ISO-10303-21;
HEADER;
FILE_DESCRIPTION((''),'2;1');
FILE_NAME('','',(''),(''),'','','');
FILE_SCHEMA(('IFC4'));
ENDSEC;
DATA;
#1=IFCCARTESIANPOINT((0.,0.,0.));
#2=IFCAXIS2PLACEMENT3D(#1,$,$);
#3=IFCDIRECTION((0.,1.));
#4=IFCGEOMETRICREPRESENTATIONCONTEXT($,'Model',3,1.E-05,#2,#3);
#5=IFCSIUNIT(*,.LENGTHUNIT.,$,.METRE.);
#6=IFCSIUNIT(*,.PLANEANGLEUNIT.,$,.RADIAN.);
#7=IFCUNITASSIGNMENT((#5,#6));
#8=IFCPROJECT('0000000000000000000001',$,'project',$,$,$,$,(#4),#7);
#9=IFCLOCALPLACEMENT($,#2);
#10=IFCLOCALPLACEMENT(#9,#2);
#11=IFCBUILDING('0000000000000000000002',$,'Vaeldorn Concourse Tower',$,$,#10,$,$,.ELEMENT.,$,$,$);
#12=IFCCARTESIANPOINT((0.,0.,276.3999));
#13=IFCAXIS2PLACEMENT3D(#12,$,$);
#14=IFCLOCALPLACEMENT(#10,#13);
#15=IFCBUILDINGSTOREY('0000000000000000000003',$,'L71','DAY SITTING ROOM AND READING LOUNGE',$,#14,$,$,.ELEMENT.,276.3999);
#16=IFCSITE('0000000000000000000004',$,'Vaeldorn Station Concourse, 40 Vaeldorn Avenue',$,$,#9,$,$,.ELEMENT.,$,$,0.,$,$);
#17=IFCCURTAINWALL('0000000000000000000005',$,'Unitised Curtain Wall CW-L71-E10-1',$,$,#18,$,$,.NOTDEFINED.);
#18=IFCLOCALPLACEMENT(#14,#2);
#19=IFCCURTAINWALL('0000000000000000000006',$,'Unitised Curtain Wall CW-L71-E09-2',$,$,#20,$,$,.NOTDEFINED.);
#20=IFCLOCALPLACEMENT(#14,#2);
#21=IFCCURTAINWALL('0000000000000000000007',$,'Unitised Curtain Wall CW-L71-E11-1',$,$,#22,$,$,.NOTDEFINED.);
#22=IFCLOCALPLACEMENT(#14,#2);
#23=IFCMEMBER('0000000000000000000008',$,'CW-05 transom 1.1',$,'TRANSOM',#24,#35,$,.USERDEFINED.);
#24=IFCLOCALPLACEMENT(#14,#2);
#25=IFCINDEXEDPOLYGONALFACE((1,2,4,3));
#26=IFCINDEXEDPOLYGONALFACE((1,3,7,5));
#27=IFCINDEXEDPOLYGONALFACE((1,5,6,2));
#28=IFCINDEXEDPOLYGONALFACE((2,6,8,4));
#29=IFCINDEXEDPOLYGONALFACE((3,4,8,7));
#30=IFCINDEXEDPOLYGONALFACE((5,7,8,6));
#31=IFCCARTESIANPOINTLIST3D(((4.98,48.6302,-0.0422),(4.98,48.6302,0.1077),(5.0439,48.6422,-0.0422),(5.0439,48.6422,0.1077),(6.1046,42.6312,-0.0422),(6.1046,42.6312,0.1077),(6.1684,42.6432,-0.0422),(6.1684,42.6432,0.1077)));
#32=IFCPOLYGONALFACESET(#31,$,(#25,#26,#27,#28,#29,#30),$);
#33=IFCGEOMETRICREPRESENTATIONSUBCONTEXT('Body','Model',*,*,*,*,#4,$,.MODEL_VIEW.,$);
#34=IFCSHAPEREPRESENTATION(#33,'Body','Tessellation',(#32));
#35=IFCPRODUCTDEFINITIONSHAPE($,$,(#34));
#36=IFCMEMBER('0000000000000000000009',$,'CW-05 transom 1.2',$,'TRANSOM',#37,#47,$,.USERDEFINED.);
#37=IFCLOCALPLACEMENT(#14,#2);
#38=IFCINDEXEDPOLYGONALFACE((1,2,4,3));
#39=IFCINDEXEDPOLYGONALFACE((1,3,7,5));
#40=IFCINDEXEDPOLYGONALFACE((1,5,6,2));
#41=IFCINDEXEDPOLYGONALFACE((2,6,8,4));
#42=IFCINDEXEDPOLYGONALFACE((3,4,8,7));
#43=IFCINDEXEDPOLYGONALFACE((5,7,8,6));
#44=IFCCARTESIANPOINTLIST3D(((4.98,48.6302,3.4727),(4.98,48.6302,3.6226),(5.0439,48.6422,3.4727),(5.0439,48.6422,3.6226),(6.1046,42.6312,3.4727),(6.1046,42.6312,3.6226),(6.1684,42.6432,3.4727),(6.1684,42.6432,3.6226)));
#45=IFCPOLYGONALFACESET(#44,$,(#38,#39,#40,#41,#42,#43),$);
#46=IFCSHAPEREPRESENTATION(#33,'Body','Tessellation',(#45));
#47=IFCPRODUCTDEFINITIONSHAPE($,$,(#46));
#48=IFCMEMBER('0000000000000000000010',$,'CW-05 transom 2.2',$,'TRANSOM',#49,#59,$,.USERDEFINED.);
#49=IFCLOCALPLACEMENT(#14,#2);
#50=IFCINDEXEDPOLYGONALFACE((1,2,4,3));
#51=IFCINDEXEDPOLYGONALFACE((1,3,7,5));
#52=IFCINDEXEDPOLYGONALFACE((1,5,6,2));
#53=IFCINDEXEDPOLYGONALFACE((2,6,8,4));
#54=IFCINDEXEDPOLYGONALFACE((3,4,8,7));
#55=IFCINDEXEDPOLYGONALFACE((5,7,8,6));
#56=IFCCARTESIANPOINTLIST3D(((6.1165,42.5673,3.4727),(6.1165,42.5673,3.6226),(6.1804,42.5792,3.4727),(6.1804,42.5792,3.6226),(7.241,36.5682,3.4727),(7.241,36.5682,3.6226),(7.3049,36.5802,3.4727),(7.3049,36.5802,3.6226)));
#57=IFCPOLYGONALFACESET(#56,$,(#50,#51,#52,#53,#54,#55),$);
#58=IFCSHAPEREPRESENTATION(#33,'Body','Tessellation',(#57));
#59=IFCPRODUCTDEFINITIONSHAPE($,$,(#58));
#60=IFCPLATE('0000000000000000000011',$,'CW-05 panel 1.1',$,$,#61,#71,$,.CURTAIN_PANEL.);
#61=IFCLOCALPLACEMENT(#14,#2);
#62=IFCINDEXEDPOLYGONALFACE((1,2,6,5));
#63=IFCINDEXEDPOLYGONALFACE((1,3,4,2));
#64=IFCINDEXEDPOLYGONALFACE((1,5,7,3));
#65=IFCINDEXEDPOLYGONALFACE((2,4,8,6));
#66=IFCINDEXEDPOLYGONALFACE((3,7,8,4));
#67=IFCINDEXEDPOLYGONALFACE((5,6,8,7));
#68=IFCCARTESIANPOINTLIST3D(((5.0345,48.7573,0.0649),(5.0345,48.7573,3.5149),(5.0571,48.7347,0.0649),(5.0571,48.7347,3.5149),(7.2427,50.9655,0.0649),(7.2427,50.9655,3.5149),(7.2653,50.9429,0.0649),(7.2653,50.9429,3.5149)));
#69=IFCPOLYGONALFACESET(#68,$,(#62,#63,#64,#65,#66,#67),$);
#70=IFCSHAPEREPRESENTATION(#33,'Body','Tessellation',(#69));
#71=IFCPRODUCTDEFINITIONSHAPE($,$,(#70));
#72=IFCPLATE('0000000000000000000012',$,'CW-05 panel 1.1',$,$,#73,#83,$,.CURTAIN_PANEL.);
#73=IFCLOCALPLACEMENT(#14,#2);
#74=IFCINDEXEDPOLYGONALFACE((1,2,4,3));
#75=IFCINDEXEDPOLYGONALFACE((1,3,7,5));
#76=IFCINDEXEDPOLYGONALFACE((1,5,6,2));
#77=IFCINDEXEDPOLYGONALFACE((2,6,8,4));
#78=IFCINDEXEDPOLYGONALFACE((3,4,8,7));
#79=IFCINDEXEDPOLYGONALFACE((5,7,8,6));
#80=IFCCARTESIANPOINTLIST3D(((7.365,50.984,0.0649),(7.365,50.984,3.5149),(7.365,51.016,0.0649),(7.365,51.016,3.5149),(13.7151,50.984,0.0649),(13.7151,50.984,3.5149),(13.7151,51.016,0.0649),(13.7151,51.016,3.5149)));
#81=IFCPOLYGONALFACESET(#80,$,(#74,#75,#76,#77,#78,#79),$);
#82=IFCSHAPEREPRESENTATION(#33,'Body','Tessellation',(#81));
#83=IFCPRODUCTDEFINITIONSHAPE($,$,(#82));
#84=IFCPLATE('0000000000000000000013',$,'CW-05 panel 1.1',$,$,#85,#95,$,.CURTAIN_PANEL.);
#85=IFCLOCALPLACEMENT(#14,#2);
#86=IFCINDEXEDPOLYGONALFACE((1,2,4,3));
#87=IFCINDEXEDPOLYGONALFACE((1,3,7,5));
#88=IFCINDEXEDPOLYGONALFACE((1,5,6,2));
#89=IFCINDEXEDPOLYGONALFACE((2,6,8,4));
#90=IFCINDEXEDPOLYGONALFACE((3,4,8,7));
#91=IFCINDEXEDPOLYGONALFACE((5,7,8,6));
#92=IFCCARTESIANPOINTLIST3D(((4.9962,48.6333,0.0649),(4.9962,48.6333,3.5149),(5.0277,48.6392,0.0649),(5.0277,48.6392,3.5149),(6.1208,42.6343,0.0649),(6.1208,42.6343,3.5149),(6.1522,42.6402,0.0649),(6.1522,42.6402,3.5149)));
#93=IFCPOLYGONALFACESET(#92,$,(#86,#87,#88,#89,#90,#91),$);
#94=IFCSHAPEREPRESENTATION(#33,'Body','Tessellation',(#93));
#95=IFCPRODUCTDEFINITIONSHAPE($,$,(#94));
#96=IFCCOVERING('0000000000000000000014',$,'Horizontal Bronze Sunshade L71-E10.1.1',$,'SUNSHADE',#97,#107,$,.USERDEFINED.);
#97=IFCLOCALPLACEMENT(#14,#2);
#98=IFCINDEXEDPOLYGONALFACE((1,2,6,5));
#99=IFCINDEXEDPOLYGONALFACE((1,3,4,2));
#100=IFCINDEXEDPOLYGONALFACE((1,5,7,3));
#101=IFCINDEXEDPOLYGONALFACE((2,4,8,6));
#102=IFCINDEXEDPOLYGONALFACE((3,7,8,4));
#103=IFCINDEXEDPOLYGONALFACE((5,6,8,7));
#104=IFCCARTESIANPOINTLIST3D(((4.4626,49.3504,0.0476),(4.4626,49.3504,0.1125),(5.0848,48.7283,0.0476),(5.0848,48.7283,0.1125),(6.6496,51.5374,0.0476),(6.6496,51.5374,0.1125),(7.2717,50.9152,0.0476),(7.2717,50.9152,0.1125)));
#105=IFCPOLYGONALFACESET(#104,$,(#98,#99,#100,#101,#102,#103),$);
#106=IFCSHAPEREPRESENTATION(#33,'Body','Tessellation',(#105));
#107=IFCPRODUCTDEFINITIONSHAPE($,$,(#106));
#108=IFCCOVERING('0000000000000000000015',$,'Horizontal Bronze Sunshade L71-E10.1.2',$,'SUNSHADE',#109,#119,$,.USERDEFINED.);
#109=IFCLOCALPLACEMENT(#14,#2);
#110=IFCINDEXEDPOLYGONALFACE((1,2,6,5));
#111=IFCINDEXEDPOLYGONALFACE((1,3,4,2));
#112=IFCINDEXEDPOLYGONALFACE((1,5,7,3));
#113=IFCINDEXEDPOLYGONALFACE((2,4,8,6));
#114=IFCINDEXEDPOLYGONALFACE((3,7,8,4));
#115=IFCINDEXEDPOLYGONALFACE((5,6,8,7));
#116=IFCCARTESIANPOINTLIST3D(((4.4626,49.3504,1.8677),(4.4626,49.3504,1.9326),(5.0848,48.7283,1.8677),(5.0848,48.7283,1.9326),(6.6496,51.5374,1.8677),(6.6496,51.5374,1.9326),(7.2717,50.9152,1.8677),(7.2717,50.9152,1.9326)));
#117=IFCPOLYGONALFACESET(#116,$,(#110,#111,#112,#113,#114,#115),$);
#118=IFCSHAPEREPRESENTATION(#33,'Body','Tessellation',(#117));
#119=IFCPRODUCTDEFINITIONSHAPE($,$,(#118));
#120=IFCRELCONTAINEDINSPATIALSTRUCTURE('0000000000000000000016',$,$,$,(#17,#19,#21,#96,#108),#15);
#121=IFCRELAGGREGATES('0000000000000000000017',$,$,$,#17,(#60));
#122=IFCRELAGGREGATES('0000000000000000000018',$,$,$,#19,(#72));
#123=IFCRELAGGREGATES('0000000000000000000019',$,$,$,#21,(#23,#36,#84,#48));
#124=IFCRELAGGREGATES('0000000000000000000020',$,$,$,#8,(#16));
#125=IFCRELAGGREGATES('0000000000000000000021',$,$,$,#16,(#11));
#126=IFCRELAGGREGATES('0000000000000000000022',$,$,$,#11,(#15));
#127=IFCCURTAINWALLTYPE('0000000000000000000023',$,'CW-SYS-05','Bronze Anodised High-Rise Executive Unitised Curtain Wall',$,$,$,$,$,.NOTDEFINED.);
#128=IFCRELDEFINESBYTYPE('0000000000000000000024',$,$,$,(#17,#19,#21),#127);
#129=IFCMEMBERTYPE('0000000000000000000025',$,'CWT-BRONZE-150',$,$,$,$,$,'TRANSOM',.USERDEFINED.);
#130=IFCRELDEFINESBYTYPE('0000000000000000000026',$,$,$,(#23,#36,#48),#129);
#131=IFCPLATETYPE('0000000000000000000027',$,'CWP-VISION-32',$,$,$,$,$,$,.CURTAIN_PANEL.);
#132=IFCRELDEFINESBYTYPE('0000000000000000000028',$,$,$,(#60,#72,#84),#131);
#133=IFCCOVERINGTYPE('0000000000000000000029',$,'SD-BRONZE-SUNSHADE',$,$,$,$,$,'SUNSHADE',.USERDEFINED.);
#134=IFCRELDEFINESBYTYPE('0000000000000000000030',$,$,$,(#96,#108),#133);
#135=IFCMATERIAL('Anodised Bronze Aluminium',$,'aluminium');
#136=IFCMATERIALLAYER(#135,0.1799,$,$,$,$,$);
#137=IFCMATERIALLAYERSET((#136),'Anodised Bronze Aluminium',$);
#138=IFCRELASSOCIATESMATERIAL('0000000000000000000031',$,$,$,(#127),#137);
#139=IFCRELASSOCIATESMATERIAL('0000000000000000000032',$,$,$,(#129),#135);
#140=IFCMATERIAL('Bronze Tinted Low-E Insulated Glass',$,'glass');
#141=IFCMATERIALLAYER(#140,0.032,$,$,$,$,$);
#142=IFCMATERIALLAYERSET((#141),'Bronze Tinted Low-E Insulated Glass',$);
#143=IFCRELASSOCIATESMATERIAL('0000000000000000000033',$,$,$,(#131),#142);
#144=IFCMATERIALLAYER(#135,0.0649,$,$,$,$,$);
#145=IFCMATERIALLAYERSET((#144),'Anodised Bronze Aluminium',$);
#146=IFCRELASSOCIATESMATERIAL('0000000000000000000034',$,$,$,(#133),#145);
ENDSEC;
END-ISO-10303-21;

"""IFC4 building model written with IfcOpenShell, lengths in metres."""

from ifc_helpers import new_model, si_unit, direction, frame, origin, origin_2d, place, context, subcontext, project, spatial, rectangle, extrude, source, transform, mapped, material, layer, layer_set, material_profile, profile_set, type_object, element, aggregate, save


model = new_model("IFC4")

# Units and contexts
model_context = context("Model", 3, precision=1e-05, world=origin(), true_north=direction((0.0, 1.0)))
body_context = subcontext(model_context, "Body", "Model", "MODEL_VIEW")
ifc_project = project(units=[si_unit("LENGTHUNIT", "METRE"), si_unit("PLANEANGLEUNIT", "RADIAN")], contexts=[model_context])

# Site, building, storey
site_placement = place(None, origin())
site = spatial("IfcSite", under=ifc_project, at=site_placement, Name="Vaeldorn Station Concourse, 40 Vaeldorn Avenue", CompositionType="ELEMENT", RefElevation=0.0)
building_placement = place(site_placement, origin())
building = spatial("IfcBuilding", under=site, at=building_placement, Name="Vaeldorn Concourse Tower", CompositionType="ELEMENT")
storey_placement = place(building_placement, frame((0.0, 0.0, 276.3999)))
storey = spatial("IfcBuildingStorey", under=building, at=storey_placement, Name="L71", Description="DAY SITTING ROOM AND READING LOUNGE", CompositionType="ELEMENT", Elevation=276.3999)

# Curtain walls
ifc_material_1 = material(Name="Anodised Bronze Aluminium", Category="aluminium")
ifc_layer_1 = layer(ifc_material_1, 0.1799)
ifc_layer_set_1 = layer_set([ifc_layer_1], Name="Anodised Bronze Aluminium")
curtain_wall_type = type_object("IfcCurtainWallType", Name="CW-SYS-05", Description="Bronze Anodised High-Rise Executive Unitised Curtain Wall", PredefinedType="NOTDEFINED", material=ifc_layer_set_1)
curtain_wall_1_placement = place(storey_placement, origin())
curtain_wall_1 = element("IfcCurtainWall", 1, at=curtain_wall_1_placement, inside=storey, type_object=curtain_wall_type, Name="Unitised Curtain Wall CW-L71-E10-1", PredefinedType="NOTDEFINED")
ifc_material_profile_1 = material_profile(ifc_material_1, rectangle(XDim=0.0649, YDim=0.1499, at=origin_2d()), Name="CWT 65x150")
ifc_profile_set_1 = profile_set([ifc_material_profile_1], Name="Anodised Bronze Aluminium")
member_type_1 = type_object("IfcMemberType", Name="CWT-BRONZE-150", ElementType="TRANSOM", PredefinedType="USERDEFINED", material=ifc_profile_set_1)
curtain_wall_2_placement = place(storey_placement, origin())
curtain_wall_2 = element("IfcCurtainWall", 2, at=curtain_wall_2_placement, inside=storey, type_object=curtain_wall_type, Name="Unitised Curtain Wall CW-L71-E09-2", PredefinedType="NOTDEFINED")

# Curtain wall
curtain_wall_3_placement = place(storey_placement, origin())
curtain_wall_3 = element("IfcCurtainWall", 3, at=curtain_wall_3_placement, inside=storey, type_object=curtain_wall_type, Name="Unitised Curtain Wall CW-L71-E11-1", PredefinedType="NOTDEFINED")

# Members
shared_shape_1 = source(origin(), body_context, "Body", "SweptSolid", [
    extrude(rectangle(XDim=0.0649, YDim=0.1499, at=origin_2d()), origin(), (0.0, 0.0, 1.0), 6.1035),
])
member_1_placement = place(storey_placement, frame((5.012, 48.6362, 0.0327), z_axis=(0.18424, -0.982881, 0.0), x_axis=(0.982881, 0.18424, 0.0)))
member_1 = element("IfcMember", 4, at=member_1_placement, type_object=member_type_1, Name="CW-05 transom 1.1", ObjectType="TRANSOM", PredefinedType="USERDEFINED", context=body_context, shape_type="MappedRepresentation", body=[
    mapped(shared_shape_1, transform((0.0, 0.0, 0.0), scale=1.0)),
])
member_2_placement = place(storey_placement, frame((5.012, 48.6362, 3.5476), z_axis=(0.18424, -0.982881, 0.0), x_axis=(0.982881, 0.18424, 0.0)))
member_2 = element("IfcMember", 5, at=member_2_placement, type_object=member_type_1, Name="CW-05 transom 1.2", ObjectType="TRANSOM", PredefinedType="USERDEFINED", context=body_context, shape_type="MappedRepresentation", body=[
    mapped(shared_shape_1, transform((0.0, 0.0, 0.0), scale=1.0)),
])
member_3_placement = place(storey_placement, frame((6.1484, 42.5732, 3.5476), z_axis=(0.18424, -0.982881, 0.0), x_axis=(0.982881, 0.18424, 0.0)))
member_3 = element("IfcMember", 6, at=member_3_placement, type_object=member_type_1, Name="CW-05 transom 2.2", ObjectType="TRANSOM", PredefinedType="USERDEFINED", context=body_context, shape_type="MappedRepresentation", body=[
    mapped(shared_shape_1, transform((0.0, 0.0, 0.0), scale=1.0)),
])

# Plates
ifc_material_2 = material(Name="Bronze Tinted Low-E Insulated Glass", Category="glass")
ifc_layer_2 = layer(ifc_material_2, 0.032)
ifc_layer_set_2 = layer_set([ifc_layer_2], Name="Bronze Tinted Low-E Insulated Glass")
plate_type = type_object("IfcPlateType", Name="CWP-VISION-32", PredefinedType="CURTAIN_PANEL", material=ifc_layer_set_2)
shared_shape_2 = source(origin(), body_context, "Body", "SweptSolid", [
    extrude(rectangle(XDim=3.1228, YDim=0.032, at=origin_2d()), origin(), (0.0, 0.0, 1.0), 3.45),
])
plate_1_placement = place(storey_placement, frame((6.1499, 49.8501, 0.0649), z_axis=(0.0, 0.0, 1.0), x_axis=(-0.707107, -0.707107, 0.0)))
plate_1 = element("IfcPlate", 7, at=plate_1_placement, type_object=plate_type, Name="CW-05 panel 1.1", PredefinedType="CURTAIN_PANEL", context=body_context, shape_type="MappedRepresentation", body=[
    mapped(shared_shape_2, transform((0.0, 0.0, 0.0), scale=1.0)),
])
aggregate(curtain_wall_1, [plate_1])
shared_shape_3 = source(origin(), body_context, "Body", "SweptSolid", [
    extrude(rectangle(XDim=6.3501, YDim=0.032, at=origin_2d()), origin(), (0.0, 0.0, 1.0), 3.45),
])
plate_2_placement = place(storey_placement, frame((10.54, 51.0, 0.0649), z_axis=(0.0, 0.0, 1.0), x_axis=(-1.0, 0.0, 0.0)))
plate_2 = element("IfcPlate", 8, at=plate_2_placement, type_object=plate_type, Name="CW-05 panel 1.1", PredefinedType="CURTAIN_PANEL", context=body_context, shape_type="MappedRepresentation", body=[
    mapped(shared_shape_3, transform((0.0, 0.0, 0.0), scale=1.0)),
])
aggregate(curtain_wall_2, [plate_2])
shared_shape_4 = source(origin(), body_context, "Body", "SweptSolid", [
    extrude(rectangle(XDim=6.1035, YDim=0.032, at=origin_2d()), origin(), (0.0, 0.0, 1.0), 3.45),
])
plate_3_placement = place(storey_placement, frame((5.5742, 45.6367, 0.0649), z_axis=(0.0, 0.0, 1.0), x_axis=(0.184246, -0.98288, 0.0)))
plate_3 = element("IfcPlate", 9, at=plate_3_placement, type_object=plate_type, Name="CW-05 panel 1.1", PredefinedType="CURTAIN_PANEL", context=body_context, shape_type="MappedRepresentation", body=[
    mapped(shared_shape_4, transform((0.0, 0.0, 0.0), scale=1.0)),
])
aggregate(curtain_wall_3, [member_1, member_2, plate_3, member_3])

# Coverings
ifc_layer_3 = layer(ifc_material_1, 0.0649)
ifc_layer_set_3 = layer_set([ifc_layer_3], Name="Anodised Bronze Aluminium")
covering_type = type_object("IfcCoveringType", Name="SD-BRONZE-SUNSHADE", ElementType="SUNSHADE", PredefinedType="USERDEFINED", material=ifc_layer_set_3)
shared_shape_5 = source(origin(), body_context, "Body", "SweptSolid", [
    extrude(rectangle(XDim=3.0928, YDim=0.8799, at=origin_2d()), origin(), (0.0, 0.0, 1.0), 0.0649),
])
for number, where, z_axis, x_axis, name in (
    (10, (5.8672, 50.1328, 0.0476), (0.0, 0.0, 1.0), (-0.707107, -0.707107, 0.0), "Horizontal Bronze Sunshade L71-E10.1.1"),
    (11, (5.8672, 50.1328, 1.8677), (0.0, 0.0, 1.0), (-0.707107, -0.707107, 0.0), "Horizontal Bronze Sunshade L71-E10.1.2"),
):
    element("IfcCovering", number, at=place(storey_placement, frame(where, z_axis=z_axis, x_axis=x_axis)), inside=storey, type_object=covering_type, Name=name, ObjectType="SUNSHADE", PredefinedType="USERDEFINED", context=body_context, shape_type="MappedRepresentation", body=[
        mapped(shared_shape_5, transform((0.0, 0.0, 0.0), scale=1.0)),
    ])

save(model, "model.ifc")
